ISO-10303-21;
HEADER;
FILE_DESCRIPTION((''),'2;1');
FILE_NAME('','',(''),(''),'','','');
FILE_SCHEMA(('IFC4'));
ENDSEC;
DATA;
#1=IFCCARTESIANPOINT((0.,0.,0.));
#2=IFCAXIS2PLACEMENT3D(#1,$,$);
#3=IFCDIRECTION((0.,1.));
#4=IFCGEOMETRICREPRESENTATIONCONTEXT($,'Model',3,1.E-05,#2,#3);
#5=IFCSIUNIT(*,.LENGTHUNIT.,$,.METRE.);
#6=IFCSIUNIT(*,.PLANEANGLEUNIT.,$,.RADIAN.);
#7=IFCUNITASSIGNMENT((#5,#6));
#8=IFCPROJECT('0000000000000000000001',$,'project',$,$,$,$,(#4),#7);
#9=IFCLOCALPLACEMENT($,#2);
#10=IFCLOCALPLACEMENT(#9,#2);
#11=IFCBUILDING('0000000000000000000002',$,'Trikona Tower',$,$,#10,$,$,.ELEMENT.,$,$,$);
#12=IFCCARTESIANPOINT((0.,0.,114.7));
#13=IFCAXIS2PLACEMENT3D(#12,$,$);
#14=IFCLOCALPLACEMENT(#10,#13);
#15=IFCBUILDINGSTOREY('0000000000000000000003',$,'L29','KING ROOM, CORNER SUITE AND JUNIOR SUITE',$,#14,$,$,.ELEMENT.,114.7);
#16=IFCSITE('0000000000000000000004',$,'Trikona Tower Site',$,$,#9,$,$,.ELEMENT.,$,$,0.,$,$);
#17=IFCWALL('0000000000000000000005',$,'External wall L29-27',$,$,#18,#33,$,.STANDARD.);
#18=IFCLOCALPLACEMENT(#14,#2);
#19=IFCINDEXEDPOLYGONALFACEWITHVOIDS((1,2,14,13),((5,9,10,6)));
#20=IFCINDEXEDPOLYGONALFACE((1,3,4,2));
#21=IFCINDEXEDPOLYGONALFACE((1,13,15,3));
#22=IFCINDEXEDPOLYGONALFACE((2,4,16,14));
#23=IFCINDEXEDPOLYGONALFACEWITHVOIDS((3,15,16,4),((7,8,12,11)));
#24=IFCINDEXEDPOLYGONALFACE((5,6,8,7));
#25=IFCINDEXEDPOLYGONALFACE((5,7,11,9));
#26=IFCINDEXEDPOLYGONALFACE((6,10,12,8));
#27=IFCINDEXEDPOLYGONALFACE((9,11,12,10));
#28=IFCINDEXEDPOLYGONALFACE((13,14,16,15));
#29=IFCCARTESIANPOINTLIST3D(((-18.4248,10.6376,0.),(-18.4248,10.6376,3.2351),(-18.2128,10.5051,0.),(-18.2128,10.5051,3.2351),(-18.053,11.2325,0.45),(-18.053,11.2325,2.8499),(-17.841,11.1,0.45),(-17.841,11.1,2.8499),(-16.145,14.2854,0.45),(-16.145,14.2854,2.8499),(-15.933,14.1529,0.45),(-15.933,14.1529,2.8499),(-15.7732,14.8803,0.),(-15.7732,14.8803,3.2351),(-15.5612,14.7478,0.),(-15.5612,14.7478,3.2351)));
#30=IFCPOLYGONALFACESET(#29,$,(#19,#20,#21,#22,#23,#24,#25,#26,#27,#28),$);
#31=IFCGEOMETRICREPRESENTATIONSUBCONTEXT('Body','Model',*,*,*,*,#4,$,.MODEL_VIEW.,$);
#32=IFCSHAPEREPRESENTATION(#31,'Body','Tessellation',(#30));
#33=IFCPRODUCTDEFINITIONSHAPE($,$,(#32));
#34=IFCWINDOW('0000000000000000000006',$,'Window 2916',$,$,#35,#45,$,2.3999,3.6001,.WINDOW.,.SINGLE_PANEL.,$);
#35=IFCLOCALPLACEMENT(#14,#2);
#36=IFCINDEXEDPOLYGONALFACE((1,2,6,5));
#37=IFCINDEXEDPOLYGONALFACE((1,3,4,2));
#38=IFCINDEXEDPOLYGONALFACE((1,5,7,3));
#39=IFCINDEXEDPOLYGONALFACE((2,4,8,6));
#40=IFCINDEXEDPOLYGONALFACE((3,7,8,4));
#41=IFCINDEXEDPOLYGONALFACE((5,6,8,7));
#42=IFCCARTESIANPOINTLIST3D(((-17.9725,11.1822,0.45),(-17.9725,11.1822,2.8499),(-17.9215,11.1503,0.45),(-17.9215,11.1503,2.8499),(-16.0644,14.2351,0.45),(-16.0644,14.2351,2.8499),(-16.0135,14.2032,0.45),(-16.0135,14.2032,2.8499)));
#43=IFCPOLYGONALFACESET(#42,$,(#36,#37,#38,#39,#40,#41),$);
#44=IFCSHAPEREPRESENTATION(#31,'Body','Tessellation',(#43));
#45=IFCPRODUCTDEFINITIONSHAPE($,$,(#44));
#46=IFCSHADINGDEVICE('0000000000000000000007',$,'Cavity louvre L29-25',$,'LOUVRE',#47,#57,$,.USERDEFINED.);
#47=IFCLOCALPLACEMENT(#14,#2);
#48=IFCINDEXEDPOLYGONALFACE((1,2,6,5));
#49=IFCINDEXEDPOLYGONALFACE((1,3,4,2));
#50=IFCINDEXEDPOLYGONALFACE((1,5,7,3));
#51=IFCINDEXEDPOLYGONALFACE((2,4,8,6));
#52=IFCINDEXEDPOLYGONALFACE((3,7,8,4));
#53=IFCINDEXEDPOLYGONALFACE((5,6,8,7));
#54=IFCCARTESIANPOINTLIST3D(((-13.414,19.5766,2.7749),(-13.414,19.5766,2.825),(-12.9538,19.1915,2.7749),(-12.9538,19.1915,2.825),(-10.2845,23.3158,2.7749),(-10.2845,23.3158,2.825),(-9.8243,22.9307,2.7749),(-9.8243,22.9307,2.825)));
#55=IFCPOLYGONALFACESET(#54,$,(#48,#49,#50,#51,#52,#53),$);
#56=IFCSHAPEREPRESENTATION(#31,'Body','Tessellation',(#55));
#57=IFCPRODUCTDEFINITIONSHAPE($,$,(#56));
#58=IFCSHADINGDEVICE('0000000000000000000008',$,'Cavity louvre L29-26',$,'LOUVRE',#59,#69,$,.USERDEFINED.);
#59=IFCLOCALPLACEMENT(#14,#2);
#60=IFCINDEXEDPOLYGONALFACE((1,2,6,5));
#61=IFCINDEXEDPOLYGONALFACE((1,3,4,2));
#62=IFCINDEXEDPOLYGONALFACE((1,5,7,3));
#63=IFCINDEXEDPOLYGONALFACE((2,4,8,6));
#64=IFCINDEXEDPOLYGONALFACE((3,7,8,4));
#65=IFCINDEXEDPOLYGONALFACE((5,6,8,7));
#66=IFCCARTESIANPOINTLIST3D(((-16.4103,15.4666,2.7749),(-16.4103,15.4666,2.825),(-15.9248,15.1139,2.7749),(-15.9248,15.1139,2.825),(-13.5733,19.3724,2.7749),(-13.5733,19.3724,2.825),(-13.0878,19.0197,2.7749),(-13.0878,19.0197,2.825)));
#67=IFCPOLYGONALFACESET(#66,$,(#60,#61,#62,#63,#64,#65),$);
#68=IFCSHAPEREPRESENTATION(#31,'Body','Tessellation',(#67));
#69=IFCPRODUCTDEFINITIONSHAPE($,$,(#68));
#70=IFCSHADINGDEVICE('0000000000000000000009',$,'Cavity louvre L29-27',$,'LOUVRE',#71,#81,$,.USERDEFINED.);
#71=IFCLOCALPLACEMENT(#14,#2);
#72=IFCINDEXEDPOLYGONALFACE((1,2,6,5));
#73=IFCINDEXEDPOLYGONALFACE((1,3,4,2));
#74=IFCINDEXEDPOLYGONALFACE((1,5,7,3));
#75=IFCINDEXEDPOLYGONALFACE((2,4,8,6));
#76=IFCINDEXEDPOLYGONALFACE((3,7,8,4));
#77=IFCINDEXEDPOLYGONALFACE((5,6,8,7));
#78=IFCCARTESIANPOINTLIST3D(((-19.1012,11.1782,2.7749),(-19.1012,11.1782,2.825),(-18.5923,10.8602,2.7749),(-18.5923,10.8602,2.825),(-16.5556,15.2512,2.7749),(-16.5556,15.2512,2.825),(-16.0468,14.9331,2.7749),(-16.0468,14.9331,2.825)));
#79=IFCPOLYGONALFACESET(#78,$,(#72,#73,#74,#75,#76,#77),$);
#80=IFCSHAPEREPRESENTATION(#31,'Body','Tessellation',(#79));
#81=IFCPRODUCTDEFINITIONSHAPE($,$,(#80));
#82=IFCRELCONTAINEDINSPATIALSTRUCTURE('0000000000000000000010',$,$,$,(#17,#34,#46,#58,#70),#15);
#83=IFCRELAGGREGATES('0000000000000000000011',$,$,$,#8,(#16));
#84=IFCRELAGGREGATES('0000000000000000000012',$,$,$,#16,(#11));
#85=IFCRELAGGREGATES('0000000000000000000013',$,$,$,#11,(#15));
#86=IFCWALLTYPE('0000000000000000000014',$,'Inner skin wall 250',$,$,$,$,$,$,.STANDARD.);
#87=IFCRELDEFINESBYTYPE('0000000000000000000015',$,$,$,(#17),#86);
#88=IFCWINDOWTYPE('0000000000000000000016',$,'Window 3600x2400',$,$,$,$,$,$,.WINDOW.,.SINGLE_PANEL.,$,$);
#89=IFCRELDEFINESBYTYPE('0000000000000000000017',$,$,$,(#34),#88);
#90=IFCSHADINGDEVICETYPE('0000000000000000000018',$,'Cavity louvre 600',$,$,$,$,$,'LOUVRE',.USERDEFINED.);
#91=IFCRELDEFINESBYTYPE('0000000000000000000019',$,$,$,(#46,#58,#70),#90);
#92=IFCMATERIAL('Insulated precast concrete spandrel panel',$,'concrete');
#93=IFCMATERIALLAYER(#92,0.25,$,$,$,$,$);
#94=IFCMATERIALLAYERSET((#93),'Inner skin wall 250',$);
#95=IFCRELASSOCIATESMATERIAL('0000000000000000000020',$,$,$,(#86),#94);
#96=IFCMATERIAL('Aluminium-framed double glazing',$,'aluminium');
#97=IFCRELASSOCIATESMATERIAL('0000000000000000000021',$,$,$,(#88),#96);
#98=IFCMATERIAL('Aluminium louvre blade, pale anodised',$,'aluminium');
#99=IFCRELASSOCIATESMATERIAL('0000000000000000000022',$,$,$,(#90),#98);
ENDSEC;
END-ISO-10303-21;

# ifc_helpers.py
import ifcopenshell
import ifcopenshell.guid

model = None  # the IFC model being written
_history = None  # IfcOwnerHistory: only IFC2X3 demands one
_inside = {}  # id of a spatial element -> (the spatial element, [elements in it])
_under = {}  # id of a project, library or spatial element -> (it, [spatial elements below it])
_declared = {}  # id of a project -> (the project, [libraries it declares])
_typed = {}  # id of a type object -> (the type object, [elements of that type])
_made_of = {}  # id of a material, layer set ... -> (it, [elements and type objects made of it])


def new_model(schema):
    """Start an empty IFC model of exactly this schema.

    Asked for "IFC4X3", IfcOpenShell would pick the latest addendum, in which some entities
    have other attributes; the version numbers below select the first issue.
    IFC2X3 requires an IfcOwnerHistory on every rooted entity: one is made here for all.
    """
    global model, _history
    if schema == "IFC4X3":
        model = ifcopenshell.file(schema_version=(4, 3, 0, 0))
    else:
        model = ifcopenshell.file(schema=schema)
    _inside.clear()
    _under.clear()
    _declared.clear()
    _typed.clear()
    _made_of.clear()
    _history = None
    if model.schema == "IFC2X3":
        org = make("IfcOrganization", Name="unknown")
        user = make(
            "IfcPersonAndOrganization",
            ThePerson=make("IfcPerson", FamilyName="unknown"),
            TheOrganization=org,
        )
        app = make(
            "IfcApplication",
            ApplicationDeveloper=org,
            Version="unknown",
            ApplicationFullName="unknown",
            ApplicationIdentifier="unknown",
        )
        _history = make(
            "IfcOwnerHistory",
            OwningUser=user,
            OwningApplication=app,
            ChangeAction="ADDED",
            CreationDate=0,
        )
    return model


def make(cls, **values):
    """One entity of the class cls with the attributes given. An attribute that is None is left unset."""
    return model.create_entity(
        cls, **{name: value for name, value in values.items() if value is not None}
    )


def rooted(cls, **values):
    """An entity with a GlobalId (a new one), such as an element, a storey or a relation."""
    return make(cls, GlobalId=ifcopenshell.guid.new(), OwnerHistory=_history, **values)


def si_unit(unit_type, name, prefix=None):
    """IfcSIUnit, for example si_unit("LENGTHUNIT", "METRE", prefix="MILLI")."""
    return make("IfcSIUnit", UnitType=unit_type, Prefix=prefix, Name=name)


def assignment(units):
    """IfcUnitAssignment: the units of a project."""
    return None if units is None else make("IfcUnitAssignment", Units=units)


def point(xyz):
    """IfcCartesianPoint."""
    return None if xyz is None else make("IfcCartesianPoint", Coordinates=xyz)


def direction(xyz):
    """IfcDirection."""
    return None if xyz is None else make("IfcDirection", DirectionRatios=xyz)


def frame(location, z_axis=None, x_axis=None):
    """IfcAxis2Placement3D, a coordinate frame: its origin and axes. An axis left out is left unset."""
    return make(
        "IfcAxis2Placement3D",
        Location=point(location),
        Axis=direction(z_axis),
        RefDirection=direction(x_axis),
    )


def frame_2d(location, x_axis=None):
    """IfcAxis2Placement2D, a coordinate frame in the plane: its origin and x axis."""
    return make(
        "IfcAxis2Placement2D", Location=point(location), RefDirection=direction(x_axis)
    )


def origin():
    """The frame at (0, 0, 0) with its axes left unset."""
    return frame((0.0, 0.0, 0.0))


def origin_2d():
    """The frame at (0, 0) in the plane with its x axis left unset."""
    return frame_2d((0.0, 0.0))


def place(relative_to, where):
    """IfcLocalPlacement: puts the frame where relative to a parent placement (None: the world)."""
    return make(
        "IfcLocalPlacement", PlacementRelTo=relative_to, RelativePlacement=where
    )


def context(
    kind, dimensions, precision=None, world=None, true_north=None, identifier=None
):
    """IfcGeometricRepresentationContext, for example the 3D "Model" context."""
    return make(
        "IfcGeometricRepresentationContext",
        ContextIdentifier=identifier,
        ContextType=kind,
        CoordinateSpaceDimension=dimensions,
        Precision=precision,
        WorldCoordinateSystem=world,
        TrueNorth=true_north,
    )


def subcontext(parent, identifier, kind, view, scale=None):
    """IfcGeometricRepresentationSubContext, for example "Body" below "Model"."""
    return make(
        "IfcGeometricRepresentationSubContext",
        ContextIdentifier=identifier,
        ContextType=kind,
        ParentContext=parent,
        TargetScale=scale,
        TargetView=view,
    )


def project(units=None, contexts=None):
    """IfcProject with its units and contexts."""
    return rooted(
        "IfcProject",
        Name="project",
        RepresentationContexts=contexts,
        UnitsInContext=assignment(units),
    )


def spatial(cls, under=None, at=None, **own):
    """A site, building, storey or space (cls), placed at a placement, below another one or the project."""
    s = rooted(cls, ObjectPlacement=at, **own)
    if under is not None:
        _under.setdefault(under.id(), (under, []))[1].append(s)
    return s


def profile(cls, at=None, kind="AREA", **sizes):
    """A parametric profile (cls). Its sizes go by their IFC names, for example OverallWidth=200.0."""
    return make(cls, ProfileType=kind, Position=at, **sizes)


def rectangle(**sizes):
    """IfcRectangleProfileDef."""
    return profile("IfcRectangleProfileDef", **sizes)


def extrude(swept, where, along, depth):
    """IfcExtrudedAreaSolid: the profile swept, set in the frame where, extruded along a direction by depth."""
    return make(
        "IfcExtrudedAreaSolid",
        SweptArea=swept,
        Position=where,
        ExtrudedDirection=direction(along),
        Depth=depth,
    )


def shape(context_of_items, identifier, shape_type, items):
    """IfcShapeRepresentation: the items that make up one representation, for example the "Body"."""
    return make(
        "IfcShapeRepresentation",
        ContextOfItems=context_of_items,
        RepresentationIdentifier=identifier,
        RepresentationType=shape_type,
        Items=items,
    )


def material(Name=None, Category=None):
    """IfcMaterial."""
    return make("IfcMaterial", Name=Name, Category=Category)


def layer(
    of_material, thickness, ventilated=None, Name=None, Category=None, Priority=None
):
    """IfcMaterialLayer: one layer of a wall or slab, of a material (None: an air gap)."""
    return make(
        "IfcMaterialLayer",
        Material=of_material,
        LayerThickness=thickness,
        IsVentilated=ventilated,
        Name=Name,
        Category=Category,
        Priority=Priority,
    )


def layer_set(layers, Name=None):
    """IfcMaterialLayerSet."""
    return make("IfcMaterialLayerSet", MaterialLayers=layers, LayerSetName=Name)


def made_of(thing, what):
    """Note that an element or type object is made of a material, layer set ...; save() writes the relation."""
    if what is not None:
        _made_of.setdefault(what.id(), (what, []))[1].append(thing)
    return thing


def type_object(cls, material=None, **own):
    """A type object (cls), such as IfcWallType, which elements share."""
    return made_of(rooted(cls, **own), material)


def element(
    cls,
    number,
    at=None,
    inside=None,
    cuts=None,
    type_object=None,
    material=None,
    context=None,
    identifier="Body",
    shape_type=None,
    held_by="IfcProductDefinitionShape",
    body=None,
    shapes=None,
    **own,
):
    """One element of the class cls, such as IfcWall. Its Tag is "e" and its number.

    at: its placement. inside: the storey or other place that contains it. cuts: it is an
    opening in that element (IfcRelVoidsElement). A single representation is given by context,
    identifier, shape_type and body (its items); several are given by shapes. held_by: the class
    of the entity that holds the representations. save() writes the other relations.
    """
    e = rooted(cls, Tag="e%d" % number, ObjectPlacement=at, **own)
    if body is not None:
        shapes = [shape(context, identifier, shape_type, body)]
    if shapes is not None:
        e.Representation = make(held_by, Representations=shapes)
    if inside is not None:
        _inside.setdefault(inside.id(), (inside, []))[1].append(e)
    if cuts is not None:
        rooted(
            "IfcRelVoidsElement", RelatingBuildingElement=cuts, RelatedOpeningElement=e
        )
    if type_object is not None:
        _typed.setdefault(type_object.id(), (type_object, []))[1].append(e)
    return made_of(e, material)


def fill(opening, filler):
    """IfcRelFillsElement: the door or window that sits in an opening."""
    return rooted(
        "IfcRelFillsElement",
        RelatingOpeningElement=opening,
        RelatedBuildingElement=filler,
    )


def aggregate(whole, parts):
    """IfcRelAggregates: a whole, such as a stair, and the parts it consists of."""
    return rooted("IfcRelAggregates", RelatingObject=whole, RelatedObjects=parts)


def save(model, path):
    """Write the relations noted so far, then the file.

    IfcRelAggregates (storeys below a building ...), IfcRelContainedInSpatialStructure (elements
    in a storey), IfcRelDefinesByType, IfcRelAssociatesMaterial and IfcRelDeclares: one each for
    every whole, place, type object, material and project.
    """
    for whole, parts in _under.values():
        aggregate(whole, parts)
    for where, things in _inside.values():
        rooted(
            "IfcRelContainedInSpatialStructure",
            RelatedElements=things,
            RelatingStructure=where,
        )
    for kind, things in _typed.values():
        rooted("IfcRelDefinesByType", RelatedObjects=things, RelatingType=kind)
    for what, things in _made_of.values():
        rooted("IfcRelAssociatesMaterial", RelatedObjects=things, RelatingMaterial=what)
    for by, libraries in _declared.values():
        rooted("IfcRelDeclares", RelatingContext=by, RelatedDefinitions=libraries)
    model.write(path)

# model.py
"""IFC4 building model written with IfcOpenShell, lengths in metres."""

from ifc_helpers import new_model, si_unit, direction, frame, frame_2d, origin, origin_2d, place, context, subcontext, project, spatial, rectangle, extrude, material, layer, layer_set, type_object, element, fill, save


model = new_model("IFC4")

# Units and contexts
model_context = context("Model", 3, precision=1e-05, world=origin(), true_north=direction((0.0, 1.0)))
body_context = subcontext(model_context, "Body", "Model", "MODEL_VIEW")
ifc_project = project(units=[si_unit("LENGTHUNIT", "METRE"), si_unit("PLANEANGLEUNIT", "RADIAN")], contexts=[model_context])

# Site, building, storey
site_placement = place(None, origin())
site = spatial("IfcSite", under=ifc_project, at=site_placement, Name="Trikona Tower Site", CompositionType="ELEMENT", RefElevation=0.0)
building_placement = place(site_placement, origin())
building = spatial("IfcBuilding", under=site, at=building_placement, Name="Trikona Tower", CompositionType="ELEMENT")
storey_placement = place(building_placement, frame((0.0, 0.0, 114.7)))
storey = spatial("IfcBuildingStorey", under=building, at=storey_placement, Name="L29", Description="KING ROOM, CORNER SUITE AND JUNIOR SUITE", CompositionType="ELEMENT", Elevation=114.7)

# Wall, opening, window
ifc_material_1 = material(Name="Insulated precast concrete spandrel panel", Category="concrete")
ifc_layer_1 = layer(ifc_material_1, 0.25)
ifc_layer_set_1 = layer_set([ifc_layer_1], Name="Inner skin wall 250")
wall_type = type_object("IfcWallType", Name="Inner skin wall 250", PredefinedType="STANDARD", material=ifc_layer_set_1)
ifc_material_2 = material(Name="Aluminium-framed double glazing", Category="aluminium")
window_type = type_object("IfcWindowType", Name="Window 3600x2400", PartitioningType="SINGLE_PANEL", PredefinedType="WINDOW", material=ifc_material_2)
wall_1_placement = place(storey_placement, frame((-15.6672, 14.814, 0.0), z_axis=(0.0, 0.0, 1.0), x_axis=(-0.52999, -0.848004, 0.0)))
wall_1 = element("IfcWall", 1, at=wall_1_placement, inside=storey, type_object=wall_type, Name="External wall L29-27", PredefinedType="STANDARD", context=body_context, shape_type="SweptSolid", body=[
    extrude(rectangle(XDim=5.0032, YDim=0.25, at=frame_2d((2.5015, 0.0))), origin(), (0.0, 0.0, 1.0), 3.2351),
])
opening_1_placement = place(wall_1_placement, frame((0.7014, 0.0, 0.45)))
opening_1 = element("IfcOpeningElement", 2, at=opening_1_placement, cuts=wall_1, PredefinedType="OPENING", context=body_context, shape_type="SweptSolid", body=[
    extrude(rectangle(XDim=3.6001, YDim=2.3999, at=frame_2d((1.8, 1.2))), frame((0.0, 0.135, 0.0), z_axis=(0.0, -1.0, 0.0), x_axis=(1.0, 0.0, 0.0)), (0.0, 0.0, 1.0), 0.27),
])
window_1_placement = place(opening_1_placement, origin())
window_1 = element("IfcWindow", 3, at=window_1_placement, inside=storey, type_object=window_type, Name="Window 2916", OverallHeight=2.3999, OverallWidth=3.6001, PartitioningType="SINGLE_PANEL", PredefinedType="WINDOW", context=body_context, shape_type="SweptSolid", body=[
    extrude(rectangle(XDim=3.6001, YDim=2.3999, at=frame_2d((1.8, 1.2))), frame((0.0, 0.03, 0.0), z_axis=(0.0, -1.0, 0.0), x_axis=(1.0, 0.0, 0.0)), (0.0, 0.0, 1.0), 0.0601),
])
fill(opening_1, window_1)

# Shading devices
ifc_material_3 = material(Name="Aluminium louvre blade, pale anodised", Category="aluminium")
shading_device_type = type_object("IfcShadingDeviceType", Name="Cavity louvre 600", ElementType="LOUVRE", PredefinedType="USERDEFINED", material=ifc_material_3)
shading_device_1_placement = place(storey_placement, frame((-11.6191, 21.2537, 2.7749), z_axis=(0.0, 0.0, 1.0), x_axis=(-0.641807, -0.766866, 0.0)))
element("IfcShadingDevice", 4, at=shading_device_1_placement, inside=storey, type_object=shading_device_type, Name="Cavity louvre L29-25", ObjectType="LOUVRE", PredefinedType="USERDEFINED", context=body_context, shape_type="SweptSolid", body=[
    extrude(rectangle(XDim=4.876, YDim=0.6001, at=origin_2d()), origin(), (0.0, 0.0, 1.0), 0.05),
])
shading_device_2_placement = place(storey_placement, frame((-14.749, 17.2432, 2.7749), z_axis=(0.0, 0.0, 1.0), x_axis=(-0.587686, -0.809089, 0.0)))
element("IfcShadingDevice", 5, at=shading_device_2_placement, inside=storey, type_object=shading_device_type, Name="Cavity louvre L29-26", ObjectType="LOUVRE", PredefinedType="USERDEFINED", context=body_context, shape_type="SweptSolid", body=[
    extrude(rectangle(XDim=4.8274, YDim=0.6001, at=origin_2d()), origin(), (0.0, 0.0, 1.0), 0.05),
])
shading_device_3_placement = place(storey_placement, frame((-17.574, 13.0557, 2.7749), z_axis=(0.0, 0.0, 1.0), x_axis=(-0.529995, -0.848001, 0.0)))
element("IfcShadingDevice", 6, at=shading_device_3_placement, inside=storey, type_object=shading_device_type, Name="Cavity louvre L29-27", ObjectType="LOUVRE", PredefinedType="USERDEFINED", context=body_context, shape_type="SweptSolid", body=[
    extrude(rectangle(XDim=4.803, YDim=0.6001, at=origin_2d()), origin(), (0.0, 0.0, 1.0), 0.05),
])

save(model, "model.ifc")
